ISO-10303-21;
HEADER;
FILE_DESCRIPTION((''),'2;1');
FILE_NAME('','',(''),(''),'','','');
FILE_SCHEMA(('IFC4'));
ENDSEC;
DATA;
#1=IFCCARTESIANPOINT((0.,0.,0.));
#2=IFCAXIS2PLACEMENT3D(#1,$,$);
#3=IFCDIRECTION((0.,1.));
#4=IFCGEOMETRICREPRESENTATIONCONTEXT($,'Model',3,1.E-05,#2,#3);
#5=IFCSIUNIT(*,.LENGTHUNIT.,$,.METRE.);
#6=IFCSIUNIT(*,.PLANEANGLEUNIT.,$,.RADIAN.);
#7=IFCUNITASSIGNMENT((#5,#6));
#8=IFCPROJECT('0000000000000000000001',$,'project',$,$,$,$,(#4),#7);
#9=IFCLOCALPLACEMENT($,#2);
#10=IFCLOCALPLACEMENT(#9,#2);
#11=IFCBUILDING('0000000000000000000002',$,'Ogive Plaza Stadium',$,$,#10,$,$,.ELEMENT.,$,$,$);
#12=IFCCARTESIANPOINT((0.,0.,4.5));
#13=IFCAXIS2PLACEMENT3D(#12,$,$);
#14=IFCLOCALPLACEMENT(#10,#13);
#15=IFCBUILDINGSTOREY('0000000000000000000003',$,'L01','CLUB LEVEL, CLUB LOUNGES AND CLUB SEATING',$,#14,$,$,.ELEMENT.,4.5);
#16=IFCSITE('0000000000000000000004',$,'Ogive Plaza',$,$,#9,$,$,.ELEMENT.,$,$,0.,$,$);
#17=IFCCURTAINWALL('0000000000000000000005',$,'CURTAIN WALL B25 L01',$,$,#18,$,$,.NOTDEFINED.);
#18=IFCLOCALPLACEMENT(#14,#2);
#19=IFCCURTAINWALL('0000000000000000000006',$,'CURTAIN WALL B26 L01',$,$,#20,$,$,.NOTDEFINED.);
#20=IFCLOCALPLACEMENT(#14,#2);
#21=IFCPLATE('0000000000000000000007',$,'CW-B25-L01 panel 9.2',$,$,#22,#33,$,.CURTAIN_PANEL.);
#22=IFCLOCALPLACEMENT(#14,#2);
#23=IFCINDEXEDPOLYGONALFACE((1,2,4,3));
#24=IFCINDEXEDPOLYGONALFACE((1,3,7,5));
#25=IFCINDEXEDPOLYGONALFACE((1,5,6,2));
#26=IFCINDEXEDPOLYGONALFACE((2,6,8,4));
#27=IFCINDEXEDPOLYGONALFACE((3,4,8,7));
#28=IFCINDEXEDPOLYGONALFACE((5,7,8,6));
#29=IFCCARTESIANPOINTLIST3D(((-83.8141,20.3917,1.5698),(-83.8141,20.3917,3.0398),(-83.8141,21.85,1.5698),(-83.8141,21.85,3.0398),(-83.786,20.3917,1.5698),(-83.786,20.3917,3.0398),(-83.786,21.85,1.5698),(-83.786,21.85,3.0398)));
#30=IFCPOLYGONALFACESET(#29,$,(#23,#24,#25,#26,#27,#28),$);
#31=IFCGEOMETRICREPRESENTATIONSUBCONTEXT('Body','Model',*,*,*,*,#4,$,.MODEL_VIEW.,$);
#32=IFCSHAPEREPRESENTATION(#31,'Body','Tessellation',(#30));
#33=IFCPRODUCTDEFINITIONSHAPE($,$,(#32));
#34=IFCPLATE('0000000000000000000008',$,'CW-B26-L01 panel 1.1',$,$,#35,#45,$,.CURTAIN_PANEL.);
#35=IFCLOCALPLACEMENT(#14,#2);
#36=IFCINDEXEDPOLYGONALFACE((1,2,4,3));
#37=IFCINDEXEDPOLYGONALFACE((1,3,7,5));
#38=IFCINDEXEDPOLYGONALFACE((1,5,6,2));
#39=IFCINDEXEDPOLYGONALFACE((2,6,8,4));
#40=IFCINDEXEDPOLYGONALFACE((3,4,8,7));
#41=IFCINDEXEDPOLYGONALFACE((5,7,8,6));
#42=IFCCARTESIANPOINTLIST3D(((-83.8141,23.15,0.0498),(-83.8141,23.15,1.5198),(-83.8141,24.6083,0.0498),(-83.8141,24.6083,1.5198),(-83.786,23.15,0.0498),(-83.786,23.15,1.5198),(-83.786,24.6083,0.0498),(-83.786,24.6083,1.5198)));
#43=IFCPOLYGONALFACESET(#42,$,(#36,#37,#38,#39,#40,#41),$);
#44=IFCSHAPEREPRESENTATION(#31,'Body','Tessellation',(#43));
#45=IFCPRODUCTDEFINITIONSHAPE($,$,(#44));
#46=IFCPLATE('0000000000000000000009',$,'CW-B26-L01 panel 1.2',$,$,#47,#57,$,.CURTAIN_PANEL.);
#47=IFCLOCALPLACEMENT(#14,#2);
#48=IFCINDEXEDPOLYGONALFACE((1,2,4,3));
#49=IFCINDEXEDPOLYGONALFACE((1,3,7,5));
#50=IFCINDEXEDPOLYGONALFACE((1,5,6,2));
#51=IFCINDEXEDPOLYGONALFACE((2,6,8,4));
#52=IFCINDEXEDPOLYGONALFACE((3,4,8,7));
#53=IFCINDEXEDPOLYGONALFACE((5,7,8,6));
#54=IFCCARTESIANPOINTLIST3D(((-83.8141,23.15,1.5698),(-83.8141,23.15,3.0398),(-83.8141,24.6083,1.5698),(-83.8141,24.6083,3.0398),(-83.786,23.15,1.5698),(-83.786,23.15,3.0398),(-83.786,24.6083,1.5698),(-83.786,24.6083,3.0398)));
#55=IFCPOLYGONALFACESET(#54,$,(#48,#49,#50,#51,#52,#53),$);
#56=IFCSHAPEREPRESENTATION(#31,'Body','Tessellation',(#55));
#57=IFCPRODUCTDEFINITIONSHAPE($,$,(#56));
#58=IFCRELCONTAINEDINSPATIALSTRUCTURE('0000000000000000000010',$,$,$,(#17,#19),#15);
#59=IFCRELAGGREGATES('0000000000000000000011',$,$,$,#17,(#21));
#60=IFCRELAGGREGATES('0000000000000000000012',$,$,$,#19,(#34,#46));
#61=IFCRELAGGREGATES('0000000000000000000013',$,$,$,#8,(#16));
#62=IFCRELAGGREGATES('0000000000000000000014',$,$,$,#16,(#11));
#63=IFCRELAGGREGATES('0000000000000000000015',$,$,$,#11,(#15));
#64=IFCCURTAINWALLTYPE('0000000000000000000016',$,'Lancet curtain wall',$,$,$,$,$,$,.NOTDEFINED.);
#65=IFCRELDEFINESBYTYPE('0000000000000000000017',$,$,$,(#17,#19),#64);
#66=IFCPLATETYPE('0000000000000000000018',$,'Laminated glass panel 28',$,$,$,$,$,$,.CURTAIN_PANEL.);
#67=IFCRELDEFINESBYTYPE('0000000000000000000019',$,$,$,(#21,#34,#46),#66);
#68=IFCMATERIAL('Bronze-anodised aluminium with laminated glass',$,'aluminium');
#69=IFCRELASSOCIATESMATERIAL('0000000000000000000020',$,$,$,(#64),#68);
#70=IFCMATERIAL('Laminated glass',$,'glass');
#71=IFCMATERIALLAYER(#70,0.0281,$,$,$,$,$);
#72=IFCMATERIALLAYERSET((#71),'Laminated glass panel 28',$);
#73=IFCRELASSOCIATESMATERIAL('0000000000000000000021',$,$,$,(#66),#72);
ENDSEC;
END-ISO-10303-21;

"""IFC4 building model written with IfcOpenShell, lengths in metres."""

from ifc_helpers import new_model, si_unit, direction, frame, origin, origin_2d, place, context, subcontext, project, spatial, rectangle, extrude, material, layer, layer_set, type_object, element, aggregate, save


model = new_model("IFC4")

# Units and contexts
model_context = context("Model", 3, precision=1e-05, world=origin(), true_north=direction((0.0, 1.0)))
body_context = subcontext(model_context, "Body", "Model", "MODEL_VIEW")
ifc_project = project(units=[si_unit("LENGTHUNIT", "METRE"), si_unit("PLANEANGLEUNIT", "RADIAN")], contexts=[model_context])

# Site, building, storey
site_placement = place(None, origin())
site = spatial("IfcSite", under=ifc_project, at=site_placement, Name="Ogive Plaza", CompositionType="ELEMENT", RefElevation=0.0)
building_placement = place(site_placement, origin())
building = spatial("IfcBuilding", under=site, at=building_placement, Name="Ogive Plaza Stadium", CompositionType="ELEMENT")
storey_placement = place(building_placement, frame((0.0, 0.0, 4.5)))
storey = spatial("IfcBuildingStorey", under=building, at=storey_placement, Name="L01", Description="CLUB LEVEL, CLUB LOUNGES AND CLUB SEATING", CompositionType="ELEMENT", Elevation=4.5)

# Curtain walls
ifc_material_1 = material(Name="Bronze-anodised aluminium with laminated glass", Category="aluminium")
curtain_wall_type = type_object("IfcCurtainWallType", Name="Lancet curtain wall", PredefinedType="NOTDEFINED", material=ifc_material_1)
curtain_wall_1_placement = place(storey_placement, origin())
curtain_wall_1 = element("IfcCurtainWall", 1, at=curtain_wall_1_placement, inside=storey, type_object=curtain_wall_type, Name="CURTAIN WALL B25 L01", PredefinedType="NOTDEFINED")
curtain_wall_2_placement = place(storey_placement, origin())
curtain_wall_2 = element("IfcCurtainWall", 2, at=curtain_wall_2_placement, inside=storey, type_object=curtain_wall_type, Name="CURTAIN WALL B26 L01", PredefinedType="NOTDEFINED")

# Plates
ifc_material_2 = material(Name="Laminated glass", Category="glass")
ifc_layer = layer(ifc_material_2, 0.0281)
ifc_layer_set = layer_set([ifc_layer], Name="Laminated glass panel 28")
plate_type = type_object("IfcPlateType", Name="Laminated glass panel 28", PredefinedType="CURTAIN_PANEL", material=ifc_layer_set)
plate_1_placement = place(storey_placement, frame((-83.8, 21.1208, 1.5698), z_axis=(0.0, 0.0, 1.0), x_axis=(0.0, 1.0, 0.0)))
plate_1 = element("IfcPlate", 3, at=plate_1_placement, type_object=plate_type, Name="CW-B25-L01 panel 9.2", PredefinedType="CURTAIN_PANEL", context=body_context, shape_type="SweptSolid", body=[
    extrude(rectangle(XDim=1.4583, YDim=0.0281, at=origin_2d()), origin(), (0.0, 0.0, 1.0), 1.47),
])
aggregate(curtain_wall_1, [plate_1])
plate_2_placement = place(storey_placement, frame((-83.8, 23.8792, 0.0498), z_axis=(0.0, 0.0, 1.0), x_axis=(0.0, 1.0, 0.0)))
plate_2 = element("IfcPlate", 4, at=plate_2_placement, type_object=plate_type, Name="CW-B26-L01 panel 1.1", PredefinedType="CURTAIN_PANEL", context=body_context, shape_type="SweptSolid", body=[
    extrude(rectangle(XDim=1.4583, YDim=0.0281, at=origin_2d()), origin(), (0.0, 0.0, 1.0), 1.47),
])
plate_3_placement = place(storey_placement, frame((-83.8, 23.8792, 1.5698), z_axis=(0.0, 0.0, 1.0), x_axis=(0.0, 1.0, 0.0)))
plate_3 = element("IfcPlate", 5, at=plate_3_placement, type_object=plate_type, Name="CW-B26-L01 panel 1.2", PredefinedType="CURTAIN_PANEL", context=body_context, shape_type="SweptSolid", body=[
    extrude(rectangle(XDim=1.4583, YDim=0.0281, at=origin_2d()), origin(), (0.0, 0.0, 1.0), 1.47),
])
aggregate(curtain_wall_2, [plate_2, plate_3])

save(model, "model.ifc")
